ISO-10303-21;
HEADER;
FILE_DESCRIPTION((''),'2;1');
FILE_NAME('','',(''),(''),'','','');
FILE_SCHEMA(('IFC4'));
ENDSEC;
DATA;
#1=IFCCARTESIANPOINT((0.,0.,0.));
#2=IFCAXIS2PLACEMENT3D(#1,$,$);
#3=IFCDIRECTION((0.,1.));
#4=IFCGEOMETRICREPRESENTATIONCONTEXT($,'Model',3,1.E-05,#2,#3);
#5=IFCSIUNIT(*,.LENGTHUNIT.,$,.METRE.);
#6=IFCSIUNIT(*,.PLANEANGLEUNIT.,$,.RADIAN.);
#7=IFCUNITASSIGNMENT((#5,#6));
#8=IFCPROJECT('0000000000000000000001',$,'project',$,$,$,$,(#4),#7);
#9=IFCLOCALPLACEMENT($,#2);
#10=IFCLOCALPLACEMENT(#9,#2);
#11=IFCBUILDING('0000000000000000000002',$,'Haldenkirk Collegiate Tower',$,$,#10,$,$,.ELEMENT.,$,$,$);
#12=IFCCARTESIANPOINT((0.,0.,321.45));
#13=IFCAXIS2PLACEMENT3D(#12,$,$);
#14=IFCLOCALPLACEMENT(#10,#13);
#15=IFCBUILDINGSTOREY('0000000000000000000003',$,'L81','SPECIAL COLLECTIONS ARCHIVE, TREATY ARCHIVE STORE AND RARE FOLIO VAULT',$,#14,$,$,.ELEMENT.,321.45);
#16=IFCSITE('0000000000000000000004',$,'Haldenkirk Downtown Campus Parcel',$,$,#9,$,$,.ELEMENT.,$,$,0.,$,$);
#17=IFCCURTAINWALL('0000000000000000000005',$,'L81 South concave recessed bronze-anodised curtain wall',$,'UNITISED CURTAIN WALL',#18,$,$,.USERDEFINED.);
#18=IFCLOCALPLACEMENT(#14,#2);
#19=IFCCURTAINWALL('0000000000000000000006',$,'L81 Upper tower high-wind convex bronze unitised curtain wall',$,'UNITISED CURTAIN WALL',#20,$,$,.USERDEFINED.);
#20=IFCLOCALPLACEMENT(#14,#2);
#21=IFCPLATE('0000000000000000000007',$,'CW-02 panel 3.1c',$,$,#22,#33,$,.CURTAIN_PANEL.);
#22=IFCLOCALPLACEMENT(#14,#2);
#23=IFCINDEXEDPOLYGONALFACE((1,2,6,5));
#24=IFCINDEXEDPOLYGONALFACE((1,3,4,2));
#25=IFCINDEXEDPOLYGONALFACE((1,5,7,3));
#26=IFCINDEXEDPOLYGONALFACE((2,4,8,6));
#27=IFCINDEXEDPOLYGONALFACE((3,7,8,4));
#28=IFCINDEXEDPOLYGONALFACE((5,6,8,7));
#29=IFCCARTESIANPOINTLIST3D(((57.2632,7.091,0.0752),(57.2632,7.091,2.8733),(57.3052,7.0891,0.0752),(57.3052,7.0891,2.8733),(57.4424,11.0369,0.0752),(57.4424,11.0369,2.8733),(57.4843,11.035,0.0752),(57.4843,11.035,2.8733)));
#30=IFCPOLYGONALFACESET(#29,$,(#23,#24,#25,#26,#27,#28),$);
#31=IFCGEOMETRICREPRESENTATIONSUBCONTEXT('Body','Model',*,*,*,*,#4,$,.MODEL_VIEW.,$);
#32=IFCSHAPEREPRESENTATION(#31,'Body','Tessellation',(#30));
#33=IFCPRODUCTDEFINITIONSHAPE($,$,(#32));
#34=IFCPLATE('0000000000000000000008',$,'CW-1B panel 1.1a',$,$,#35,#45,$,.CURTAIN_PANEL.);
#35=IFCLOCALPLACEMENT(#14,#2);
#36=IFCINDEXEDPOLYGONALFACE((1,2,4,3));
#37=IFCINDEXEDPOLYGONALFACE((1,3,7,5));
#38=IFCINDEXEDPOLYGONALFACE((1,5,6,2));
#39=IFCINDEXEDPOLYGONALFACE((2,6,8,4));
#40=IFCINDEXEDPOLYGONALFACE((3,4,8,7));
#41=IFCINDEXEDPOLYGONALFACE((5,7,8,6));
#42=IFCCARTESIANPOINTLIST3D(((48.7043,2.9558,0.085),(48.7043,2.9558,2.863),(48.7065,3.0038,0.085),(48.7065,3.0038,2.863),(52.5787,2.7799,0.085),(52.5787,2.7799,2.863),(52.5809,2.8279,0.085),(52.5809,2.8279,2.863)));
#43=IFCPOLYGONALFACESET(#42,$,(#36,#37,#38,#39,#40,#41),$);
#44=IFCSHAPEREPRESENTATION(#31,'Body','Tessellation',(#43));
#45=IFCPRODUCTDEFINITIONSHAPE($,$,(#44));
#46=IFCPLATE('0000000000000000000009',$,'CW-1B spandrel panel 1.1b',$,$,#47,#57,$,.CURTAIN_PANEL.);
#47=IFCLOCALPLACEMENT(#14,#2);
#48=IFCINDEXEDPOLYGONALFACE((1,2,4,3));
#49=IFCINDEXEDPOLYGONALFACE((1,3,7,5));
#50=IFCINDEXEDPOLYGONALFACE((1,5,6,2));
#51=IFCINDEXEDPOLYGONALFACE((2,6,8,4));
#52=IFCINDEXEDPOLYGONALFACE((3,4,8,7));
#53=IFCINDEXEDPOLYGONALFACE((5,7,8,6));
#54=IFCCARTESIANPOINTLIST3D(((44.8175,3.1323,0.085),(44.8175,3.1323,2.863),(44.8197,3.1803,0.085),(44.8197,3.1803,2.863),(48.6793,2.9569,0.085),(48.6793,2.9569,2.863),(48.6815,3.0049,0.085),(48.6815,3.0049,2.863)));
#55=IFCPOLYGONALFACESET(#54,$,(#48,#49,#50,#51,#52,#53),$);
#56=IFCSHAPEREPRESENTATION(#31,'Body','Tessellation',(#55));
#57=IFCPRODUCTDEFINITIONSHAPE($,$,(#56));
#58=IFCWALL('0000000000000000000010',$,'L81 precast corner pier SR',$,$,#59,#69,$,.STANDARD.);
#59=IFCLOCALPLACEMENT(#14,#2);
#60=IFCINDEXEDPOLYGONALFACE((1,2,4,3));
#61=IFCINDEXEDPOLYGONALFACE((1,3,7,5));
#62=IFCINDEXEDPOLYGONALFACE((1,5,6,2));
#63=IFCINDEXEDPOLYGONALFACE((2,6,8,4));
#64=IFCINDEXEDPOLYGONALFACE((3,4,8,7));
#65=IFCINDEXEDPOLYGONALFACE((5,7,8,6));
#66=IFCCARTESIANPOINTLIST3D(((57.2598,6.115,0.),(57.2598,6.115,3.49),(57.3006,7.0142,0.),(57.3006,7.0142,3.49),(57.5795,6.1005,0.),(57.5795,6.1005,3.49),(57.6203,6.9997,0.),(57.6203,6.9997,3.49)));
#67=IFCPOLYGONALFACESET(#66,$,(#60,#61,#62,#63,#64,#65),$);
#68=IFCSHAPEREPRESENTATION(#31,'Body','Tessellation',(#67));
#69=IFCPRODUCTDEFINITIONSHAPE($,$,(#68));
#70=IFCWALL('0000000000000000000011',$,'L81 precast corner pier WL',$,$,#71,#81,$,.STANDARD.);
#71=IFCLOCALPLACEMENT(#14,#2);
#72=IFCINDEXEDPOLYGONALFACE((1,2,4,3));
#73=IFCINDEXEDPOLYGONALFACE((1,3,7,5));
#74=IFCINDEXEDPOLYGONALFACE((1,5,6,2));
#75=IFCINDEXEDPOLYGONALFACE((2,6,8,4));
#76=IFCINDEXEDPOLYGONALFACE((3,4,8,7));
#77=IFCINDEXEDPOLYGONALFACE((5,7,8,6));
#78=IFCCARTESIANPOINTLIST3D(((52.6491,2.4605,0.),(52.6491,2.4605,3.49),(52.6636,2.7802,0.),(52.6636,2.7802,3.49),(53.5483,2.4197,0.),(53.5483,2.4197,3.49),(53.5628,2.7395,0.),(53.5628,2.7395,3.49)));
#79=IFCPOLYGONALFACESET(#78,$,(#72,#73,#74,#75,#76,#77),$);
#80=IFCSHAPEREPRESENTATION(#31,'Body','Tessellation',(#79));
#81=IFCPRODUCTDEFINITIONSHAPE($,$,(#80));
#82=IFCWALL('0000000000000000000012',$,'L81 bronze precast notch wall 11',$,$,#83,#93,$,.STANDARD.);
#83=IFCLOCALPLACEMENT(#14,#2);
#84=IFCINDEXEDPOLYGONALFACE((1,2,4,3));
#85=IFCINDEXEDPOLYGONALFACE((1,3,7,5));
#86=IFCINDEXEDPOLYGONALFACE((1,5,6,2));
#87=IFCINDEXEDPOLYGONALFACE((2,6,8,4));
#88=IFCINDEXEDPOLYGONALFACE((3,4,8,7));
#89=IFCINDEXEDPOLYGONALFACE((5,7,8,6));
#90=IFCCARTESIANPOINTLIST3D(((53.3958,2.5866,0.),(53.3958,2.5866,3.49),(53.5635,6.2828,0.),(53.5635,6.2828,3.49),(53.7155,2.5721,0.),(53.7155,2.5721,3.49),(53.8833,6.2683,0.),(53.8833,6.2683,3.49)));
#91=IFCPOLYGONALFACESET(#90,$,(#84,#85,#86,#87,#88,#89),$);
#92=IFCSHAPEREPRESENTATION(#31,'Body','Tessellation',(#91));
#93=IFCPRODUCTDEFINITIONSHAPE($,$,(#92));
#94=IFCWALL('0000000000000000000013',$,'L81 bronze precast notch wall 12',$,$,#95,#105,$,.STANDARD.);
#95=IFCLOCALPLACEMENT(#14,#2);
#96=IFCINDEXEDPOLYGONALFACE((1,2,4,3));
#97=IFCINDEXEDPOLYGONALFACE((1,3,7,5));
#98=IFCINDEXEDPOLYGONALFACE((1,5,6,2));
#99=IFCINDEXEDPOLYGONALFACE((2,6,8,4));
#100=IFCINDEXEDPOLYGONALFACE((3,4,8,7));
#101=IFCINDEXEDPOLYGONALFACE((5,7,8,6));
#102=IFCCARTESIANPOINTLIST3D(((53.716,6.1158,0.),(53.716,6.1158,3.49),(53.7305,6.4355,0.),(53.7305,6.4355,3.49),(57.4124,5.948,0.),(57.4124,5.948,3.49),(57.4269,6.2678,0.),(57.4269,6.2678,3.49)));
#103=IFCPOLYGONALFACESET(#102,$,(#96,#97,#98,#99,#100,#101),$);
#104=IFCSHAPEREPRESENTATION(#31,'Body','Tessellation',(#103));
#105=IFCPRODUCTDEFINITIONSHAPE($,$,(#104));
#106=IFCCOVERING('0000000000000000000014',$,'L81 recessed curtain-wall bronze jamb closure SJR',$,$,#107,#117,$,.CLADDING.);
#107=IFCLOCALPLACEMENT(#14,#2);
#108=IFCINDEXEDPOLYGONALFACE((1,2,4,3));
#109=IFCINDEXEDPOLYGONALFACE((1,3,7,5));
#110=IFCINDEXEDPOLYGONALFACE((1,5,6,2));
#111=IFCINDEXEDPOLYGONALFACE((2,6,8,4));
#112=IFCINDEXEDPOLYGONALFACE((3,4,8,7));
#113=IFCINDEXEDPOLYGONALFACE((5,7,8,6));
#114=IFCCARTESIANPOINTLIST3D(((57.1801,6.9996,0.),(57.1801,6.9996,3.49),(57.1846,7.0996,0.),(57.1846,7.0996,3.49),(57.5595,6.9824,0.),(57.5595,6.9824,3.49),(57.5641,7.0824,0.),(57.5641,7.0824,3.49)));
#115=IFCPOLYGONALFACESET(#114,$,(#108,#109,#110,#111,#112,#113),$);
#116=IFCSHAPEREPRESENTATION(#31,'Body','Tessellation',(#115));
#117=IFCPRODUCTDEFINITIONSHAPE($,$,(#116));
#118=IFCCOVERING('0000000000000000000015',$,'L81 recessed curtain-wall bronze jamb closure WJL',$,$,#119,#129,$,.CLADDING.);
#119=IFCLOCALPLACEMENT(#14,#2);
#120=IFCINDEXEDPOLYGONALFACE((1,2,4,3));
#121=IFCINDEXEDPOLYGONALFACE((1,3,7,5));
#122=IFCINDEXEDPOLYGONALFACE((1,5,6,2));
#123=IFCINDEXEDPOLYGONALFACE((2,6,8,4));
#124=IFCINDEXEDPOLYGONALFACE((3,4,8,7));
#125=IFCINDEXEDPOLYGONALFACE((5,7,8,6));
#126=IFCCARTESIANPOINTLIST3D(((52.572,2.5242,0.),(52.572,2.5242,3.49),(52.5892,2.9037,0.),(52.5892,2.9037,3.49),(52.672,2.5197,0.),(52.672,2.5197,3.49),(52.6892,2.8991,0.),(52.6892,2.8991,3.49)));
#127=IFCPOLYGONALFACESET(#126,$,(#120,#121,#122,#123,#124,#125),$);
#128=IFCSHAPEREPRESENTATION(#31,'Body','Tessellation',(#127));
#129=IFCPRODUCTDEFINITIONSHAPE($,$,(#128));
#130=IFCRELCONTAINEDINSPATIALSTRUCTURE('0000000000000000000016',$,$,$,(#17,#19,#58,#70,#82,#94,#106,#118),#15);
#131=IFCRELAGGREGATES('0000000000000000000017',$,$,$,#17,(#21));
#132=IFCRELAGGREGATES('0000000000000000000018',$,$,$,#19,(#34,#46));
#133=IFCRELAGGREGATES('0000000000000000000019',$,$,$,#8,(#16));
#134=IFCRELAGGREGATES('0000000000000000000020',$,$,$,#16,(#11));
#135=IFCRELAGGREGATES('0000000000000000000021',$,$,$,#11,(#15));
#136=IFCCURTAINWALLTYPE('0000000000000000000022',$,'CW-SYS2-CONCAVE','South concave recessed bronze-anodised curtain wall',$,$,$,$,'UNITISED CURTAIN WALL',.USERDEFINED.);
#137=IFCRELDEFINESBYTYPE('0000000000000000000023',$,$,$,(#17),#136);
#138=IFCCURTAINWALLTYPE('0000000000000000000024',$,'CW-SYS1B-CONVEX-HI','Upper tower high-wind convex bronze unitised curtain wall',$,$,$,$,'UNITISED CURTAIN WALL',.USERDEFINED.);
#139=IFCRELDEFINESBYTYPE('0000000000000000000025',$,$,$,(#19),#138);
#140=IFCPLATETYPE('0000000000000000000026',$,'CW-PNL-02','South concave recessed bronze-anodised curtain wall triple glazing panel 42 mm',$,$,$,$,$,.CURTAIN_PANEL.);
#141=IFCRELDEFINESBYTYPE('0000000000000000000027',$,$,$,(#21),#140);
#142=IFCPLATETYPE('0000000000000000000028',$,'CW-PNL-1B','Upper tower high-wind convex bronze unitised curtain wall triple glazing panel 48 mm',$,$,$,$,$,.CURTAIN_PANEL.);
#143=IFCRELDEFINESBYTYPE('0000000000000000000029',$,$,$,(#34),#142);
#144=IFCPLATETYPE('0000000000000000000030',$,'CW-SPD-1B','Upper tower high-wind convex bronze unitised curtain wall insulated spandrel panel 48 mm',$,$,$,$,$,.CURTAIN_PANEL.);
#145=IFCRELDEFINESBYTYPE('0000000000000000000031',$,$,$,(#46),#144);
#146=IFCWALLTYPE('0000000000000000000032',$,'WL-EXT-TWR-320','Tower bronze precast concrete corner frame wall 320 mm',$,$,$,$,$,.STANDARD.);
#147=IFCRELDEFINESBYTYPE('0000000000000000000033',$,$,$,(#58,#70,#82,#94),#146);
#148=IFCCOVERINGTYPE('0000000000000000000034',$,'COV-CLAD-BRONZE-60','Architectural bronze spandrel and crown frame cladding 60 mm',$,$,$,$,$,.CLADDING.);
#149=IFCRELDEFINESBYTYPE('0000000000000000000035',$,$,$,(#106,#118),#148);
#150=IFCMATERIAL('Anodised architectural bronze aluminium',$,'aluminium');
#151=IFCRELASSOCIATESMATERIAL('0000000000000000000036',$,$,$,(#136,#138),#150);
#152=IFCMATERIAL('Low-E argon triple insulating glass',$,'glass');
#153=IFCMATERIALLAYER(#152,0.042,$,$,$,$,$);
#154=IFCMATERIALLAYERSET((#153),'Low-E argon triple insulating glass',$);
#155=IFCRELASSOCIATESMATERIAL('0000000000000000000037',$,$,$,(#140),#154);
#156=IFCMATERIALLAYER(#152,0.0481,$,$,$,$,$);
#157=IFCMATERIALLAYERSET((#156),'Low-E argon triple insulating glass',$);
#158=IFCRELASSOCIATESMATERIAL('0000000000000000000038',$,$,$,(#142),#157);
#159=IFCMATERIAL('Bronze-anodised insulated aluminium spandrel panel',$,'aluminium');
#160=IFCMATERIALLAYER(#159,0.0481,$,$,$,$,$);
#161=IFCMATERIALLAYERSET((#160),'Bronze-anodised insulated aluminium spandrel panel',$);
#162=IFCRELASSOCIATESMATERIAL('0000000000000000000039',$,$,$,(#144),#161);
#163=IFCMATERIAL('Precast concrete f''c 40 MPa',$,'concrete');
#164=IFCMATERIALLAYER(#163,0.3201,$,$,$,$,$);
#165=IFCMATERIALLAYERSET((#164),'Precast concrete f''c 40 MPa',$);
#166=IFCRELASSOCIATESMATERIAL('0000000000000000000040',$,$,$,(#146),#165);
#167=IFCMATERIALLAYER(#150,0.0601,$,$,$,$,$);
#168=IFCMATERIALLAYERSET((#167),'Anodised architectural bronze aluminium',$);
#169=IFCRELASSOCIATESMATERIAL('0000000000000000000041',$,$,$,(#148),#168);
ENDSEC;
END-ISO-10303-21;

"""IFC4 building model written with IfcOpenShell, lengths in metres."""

from ifc_helpers import new_model, si_unit, direction, frame, frame_2d, origin, origin_2d, place, context, subcontext, project, spatial, rectangle, extrude, source, transform, mapped, material, layer, layer_set, type_object, element, aggregate, save


model = new_model("IFC4")

# Units and contexts
model_context = context("Model", 3, precision=1e-05, world=origin(), true_north=direction((0.0, 1.0)))
body_context = subcontext(model_context, "Body", "Model", "MODEL_VIEW")
ifc_project = project(units=[si_unit("LENGTHUNIT", "METRE"), si_unit("PLANEANGLEUNIT", "RADIAN")], contexts=[model_context])

# Site, building, storey
site_placement = place(None, origin())
site = spatial("IfcSite", under=ifc_project, at=site_placement, Name="Haldenkirk Downtown Campus Parcel", CompositionType="ELEMENT", RefElevation=0.0)
building_placement = place(site_placement, origin())
building = spatial("IfcBuilding", under=site, at=building_placement, Name="Haldenkirk Collegiate Tower", CompositionType="ELEMENT")
storey_placement = place(building_placement, frame((0.0, 0.0, 321.45)))
storey = spatial("IfcBuildingStorey", under=building, at=storey_placement, Name="L81", Description="SPECIAL COLLECTIONS ARCHIVE, TREATY ARCHIVE STORE AND RARE FOLIO VAULT", CompositionType="ELEMENT", Elevation=321.45)

# Curtain wall
ifc_material_1 = material(Name="Anodised architectural bronze aluminium", Category="aluminium")
curtain_wall_type_1 = type_object("IfcCurtainWallType", Name="CW-SYS2-CONCAVE", Description="South concave recessed bronze-anodised curtain wall", ElementType="UNITISED CURTAIN WALL", PredefinedType="USERDEFINED", material=ifc_material_1)
curtain_wall_1_placement = place(storey_placement, origin())
curtain_wall_1 = element("IfcCurtainWall", 1, at=curtain_wall_1_placement, inside=storey, type_object=curtain_wall_type_1, Name="L81 South concave recessed bronze-anodised curtain wall", ObjectType="UNITISED CURTAIN WALL", PredefinedType="USERDEFINED")

# Curtain wall
curtain_wall_type_2 = type_object("IfcCurtainWallType", Name="CW-SYS1B-CONVEX-HI", Description="Upper tower high-wind convex bronze unitised curtain wall", ElementType="UNITISED CURTAIN WALL", PredefinedType="USERDEFINED", material=ifc_material_1)
curtain_wall_2_placement = place(storey_placement, origin())
curtain_wall_2 = element("IfcCurtainWall", 2, at=curtain_wall_2_placement, inside=storey, type_object=curtain_wall_type_2, Name="L81 Upper tower high-wind convex bronze unitised curtain wall", ObjectType="UNITISED CURTAIN WALL", PredefinedType="USERDEFINED")

# Plates
ifc_material_2 = material(Name="Low-E argon triple insulating glass", Category="glass")
ifc_layer_1 = layer(ifc_material_2, 0.042)
ifc_layer_set_1 = layer_set([ifc_layer_1], Name="Low-E argon triple insulating glass")
plate_type_1 = type_object("IfcPlateType", Name="CW-PNL-02", Description="South concave recessed bronze-anodised curtain wall triple glazing panel 42 mm", PredefinedType="CURTAIN_PANEL", material=ifc_layer_set_1)
shared_shape_1 = source(origin(), body_context, "Body", "SweptSolid", [
    extrude(rectangle(XDim=3.95, YDim=0.042, at=origin_2d()), origin(), (0.0, 0.0, 1.0), 2.7981),
])
plate_1_placement = place(storey_placement, frame((57.3738, 9.063, 0.0752), z_axis=(0.0, 0.0, 1.0), x_axis=(-0.045364, -0.998971, 0.0)))
plate_1 = element("IfcPlate", 3, at=plate_1_placement, type_object=plate_type_1, Name="CW-02 panel 3.1c", PredefinedType="CURTAIN_PANEL", context=body_context, shape_type="MappedRepresentation", body=[
    mapped(shared_shape_1, transform((0.0, 0.0, 0.0), x_axis=(1.0, 0.0, 0.0), y_axis=(0.0, 1.0, 0.0), z_axis=(0.0, 0.0, 1.0), scale=1.0)),
])
aggregate(curtain_wall_1, [plate_1])
ifc_layer_2 = layer(ifc_material_2, 0.0481)
ifc_layer_set_2 = layer_set([ifc_layer_2], Name="Low-E argon triple insulating glass")
plate_type_2 = type_object("IfcPlateType", Name="CW-PNL-1B", Description="Upper tower high-wind convex bronze unitised curtain wall triple glazing panel 48 mm", PredefinedType="CURTAIN_PANEL", material=ifc_layer_set_2)
shared_shape_2 = source(origin(), body_context, "Body", "SweptSolid", [
    extrude(rectangle(XDim=3.8784, YDim=0.0481, at=origin_2d()), origin(), (0.0, 0.0, 1.0), 2.7781),
])
plate_2_placement = place(storey_placement, frame((50.6426, 2.8918, 0.085), z_axis=(0.0, 0.0, 1.0), x_axis=(-0.998971, 0.045364, 0.0)))
plate_2 = element("IfcPlate", 4, at=plate_2_placement, type_object=plate_type_2, Name="CW-1B panel 1.1a", PredefinedType="CURTAIN_PANEL", context=body_context, shape_type="MappedRepresentation", body=[
    mapped(shared_shape_2, transform((0.0, 0.0, 0.0), x_axis=(1.0, 0.0, 0.0), y_axis=(0.0, 1.0, 0.0), z_axis=(0.0, 0.0, 1.0), scale=1.0)),
])
ifc_material_3 = material(Name="Bronze-anodised insulated aluminium spandrel panel", Category="aluminium")
ifc_layer_3 = layer(ifc_material_3, 0.0481)
ifc_layer_set_3 = layer_set([ifc_layer_3], Name="Bronze-anodised insulated aluminium spandrel panel")
plate_type_3 = type_object("IfcPlateType", Name="CW-SPD-1B", Description="Upper tower high-wind convex bronze unitised curtain wall insulated spandrel panel 48 mm", PredefinedType="CURTAIN_PANEL", material=ifc_layer_set_3)
shared_shape_3 = source(origin(), body_context, "Body", "SweptSolid", [
    extrude(rectangle(XDim=3.8657, YDim=0.0481, at=origin_2d()), origin(), (0.0, 0.0, 1.0), 2.7781),
])
plate_3_placement = place(storey_placement, frame((46.7495, 3.0686, 0.085), z_axis=(0.0, 0.0, 1.0), x_axis=(-0.998971, 0.045364, 0.0)))
plate_3 = element("IfcPlate", 5, at=plate_3_placement, type_object=plate_type_3, Name="CW-1B spandrel panel 1.1b", PredefinedType="CURTAIN_PANEL", context=body_context, shape_type="MappedRepresentation", body=[
    mapped(shared_shape_3, transform((0.0, 0.0, 0.0), x_axis=(1.0, 0.0, 0.0), y_axis=(0.0, 1.0, 0.0), z_axis=(0.0, 0.0, 1.0), scale=1.0)),
])
aggregate(curtain_wall_2, [plate_2, plate_3])

# Walls
ifc_material_4 = material(Name="Precast concrete f'c 40 MPa", Category="concrete")
ifc_layer_4 = layer(ifc_material_4, 0.3201)
ifc_layer_set_4 = layer_set([ifc_layer_4], Name="Precast concrete f'c 40 MPa")
wall_type = type_object("IfcWallType", Name="WL-EXT-TWR-320", Description="Tower bronze precast concrete corner frame wall 320 mm", PredefinedType="STANDARD", material=ifc_layer_set_4)
for number, where, z_axis, x_axis, name in (
    (6, (57.4604, 7.0071, 0.0), (0.0, 0.0, 1.0), (-0.045297, -0.998974, 0.0), "L81 precast corner pier SR"),
    (7, (53.5557, 2.5796, 0.0), (0.0, 0.0, 1.0), (-0.998974, 0.045297, 0.0), "L81 precast corner pier WL"),
):
    element("IfcWall", number, at=place(storey_placement, frame(where, z_axis=z_axis, x_axis=x_axis)), inside=storey, type_object=wall_type, Name=name, PredefinedType="STANDARD", context=body_context, shape_type="SweptSolid", body=[
        extrude(rectangle(XDim=0.9001, YDim=0.3201, at=frame_2d((0.4502, 0.0))), origin(), (0.0, 0.0, 1.0), 3.49),
    ])
wall_1_placement = place(storey_placement, frame((53.7234, 6.2756, 0.0), z_axis=(0.0, 0.0, 1.0), x_axis=(-0.045333, -0.998972, 0.0)))
element("IfcWall", 8, at=wall_1_placement, inside=storey, type_object=wall_type, Name="L81 bronze precast notch wall 11", PredefinedType="STANDARD", context=body_context, shape_type="SweptSolid", body=[
    extrude(rectangle(XDim=3.7, YDim=0.3201, at=frame_2d((1.8501, 0.0))), origin(), (0.0, 0.0, 1.0), 3.49),
])
wall_2_placement = place(storey_placement, frame((57.4197, 6.1079, 0.0), z_axis=(0.0, 0.0, 1.0), x_axis=(-0.998972, 0.04533, 0.0)))
element("IfcWall", 9, at=wall_2_placement, inside=storey, type_object=wall_type, Name="L81 bronze precast notch wall 12", PredefinedType="STANDARD", context=body_context, shape_type="SweptSolid", body=[
    extrude(rectangle(XDim=3.7002, YDim=0.3201, at=frame_2d((1.8501, 0.0))), origin(), (0.0, 0.0, 1.0), 3.49),
])

# Coverings
ifc_layer_5 = layer(ifc_material_1, 0.0601)
ifc_layer_set_5 = layer_set([ifc_layer_5], Name="Anodised architectural bronze aluminium")
covering_type = type_object("IfcCoveringType", Name="COV-CLAD-BRONZE-60", Description="Architectural bronze spandrel and crown frame cladding 60 mm", PredefinedType="CLADDING", material=ifc_layer_set_5)
shared_shape_4 = source(origin(), body_context, "Body", "SweptSolid", [
    extrude(rectangle(XDim=0.1001, YDim=0.3799, at=origin_2d()), origin(), (0.0, 0.0, 1.0), 3.49),
])
for number, where, z_axis, x_axis, name in (
    (10, (57.3721, 7.041, 0.0), (0.0, 0.0, 1.0), (-0.045363, -0.998971, 0.0), "L81 recessed curtain-wall bronze jamb closure SJR"),
    (11, (52.6306, 2.7117, 0.0), (0.0, 0.0, 1.0), (-0.998971, 0.045363, 0.0), "L81 recessed curtain-wall bronze jamb closure WJL"),
):
    element("IfcCovering", number, at=place(storey_placement, frame(where, z_axis=z_axis, x_axis=x_axis)), inside=storey, type_object=covering_type, Name=name, PredefinedType="CLADDING", context=body_context, shape_type="MappedRepresentation", body=[
        mapped(shared_shape_4, transform((0.0, 0.0, 0.0), x_axis=(1.0, 0.0, 0.0), y_axis=(0.0, 1.0, 0.0), z_axis=(0.0, 0.0, 1.0), scale=1.0)),
    ])

save(model, "model.ifc")
